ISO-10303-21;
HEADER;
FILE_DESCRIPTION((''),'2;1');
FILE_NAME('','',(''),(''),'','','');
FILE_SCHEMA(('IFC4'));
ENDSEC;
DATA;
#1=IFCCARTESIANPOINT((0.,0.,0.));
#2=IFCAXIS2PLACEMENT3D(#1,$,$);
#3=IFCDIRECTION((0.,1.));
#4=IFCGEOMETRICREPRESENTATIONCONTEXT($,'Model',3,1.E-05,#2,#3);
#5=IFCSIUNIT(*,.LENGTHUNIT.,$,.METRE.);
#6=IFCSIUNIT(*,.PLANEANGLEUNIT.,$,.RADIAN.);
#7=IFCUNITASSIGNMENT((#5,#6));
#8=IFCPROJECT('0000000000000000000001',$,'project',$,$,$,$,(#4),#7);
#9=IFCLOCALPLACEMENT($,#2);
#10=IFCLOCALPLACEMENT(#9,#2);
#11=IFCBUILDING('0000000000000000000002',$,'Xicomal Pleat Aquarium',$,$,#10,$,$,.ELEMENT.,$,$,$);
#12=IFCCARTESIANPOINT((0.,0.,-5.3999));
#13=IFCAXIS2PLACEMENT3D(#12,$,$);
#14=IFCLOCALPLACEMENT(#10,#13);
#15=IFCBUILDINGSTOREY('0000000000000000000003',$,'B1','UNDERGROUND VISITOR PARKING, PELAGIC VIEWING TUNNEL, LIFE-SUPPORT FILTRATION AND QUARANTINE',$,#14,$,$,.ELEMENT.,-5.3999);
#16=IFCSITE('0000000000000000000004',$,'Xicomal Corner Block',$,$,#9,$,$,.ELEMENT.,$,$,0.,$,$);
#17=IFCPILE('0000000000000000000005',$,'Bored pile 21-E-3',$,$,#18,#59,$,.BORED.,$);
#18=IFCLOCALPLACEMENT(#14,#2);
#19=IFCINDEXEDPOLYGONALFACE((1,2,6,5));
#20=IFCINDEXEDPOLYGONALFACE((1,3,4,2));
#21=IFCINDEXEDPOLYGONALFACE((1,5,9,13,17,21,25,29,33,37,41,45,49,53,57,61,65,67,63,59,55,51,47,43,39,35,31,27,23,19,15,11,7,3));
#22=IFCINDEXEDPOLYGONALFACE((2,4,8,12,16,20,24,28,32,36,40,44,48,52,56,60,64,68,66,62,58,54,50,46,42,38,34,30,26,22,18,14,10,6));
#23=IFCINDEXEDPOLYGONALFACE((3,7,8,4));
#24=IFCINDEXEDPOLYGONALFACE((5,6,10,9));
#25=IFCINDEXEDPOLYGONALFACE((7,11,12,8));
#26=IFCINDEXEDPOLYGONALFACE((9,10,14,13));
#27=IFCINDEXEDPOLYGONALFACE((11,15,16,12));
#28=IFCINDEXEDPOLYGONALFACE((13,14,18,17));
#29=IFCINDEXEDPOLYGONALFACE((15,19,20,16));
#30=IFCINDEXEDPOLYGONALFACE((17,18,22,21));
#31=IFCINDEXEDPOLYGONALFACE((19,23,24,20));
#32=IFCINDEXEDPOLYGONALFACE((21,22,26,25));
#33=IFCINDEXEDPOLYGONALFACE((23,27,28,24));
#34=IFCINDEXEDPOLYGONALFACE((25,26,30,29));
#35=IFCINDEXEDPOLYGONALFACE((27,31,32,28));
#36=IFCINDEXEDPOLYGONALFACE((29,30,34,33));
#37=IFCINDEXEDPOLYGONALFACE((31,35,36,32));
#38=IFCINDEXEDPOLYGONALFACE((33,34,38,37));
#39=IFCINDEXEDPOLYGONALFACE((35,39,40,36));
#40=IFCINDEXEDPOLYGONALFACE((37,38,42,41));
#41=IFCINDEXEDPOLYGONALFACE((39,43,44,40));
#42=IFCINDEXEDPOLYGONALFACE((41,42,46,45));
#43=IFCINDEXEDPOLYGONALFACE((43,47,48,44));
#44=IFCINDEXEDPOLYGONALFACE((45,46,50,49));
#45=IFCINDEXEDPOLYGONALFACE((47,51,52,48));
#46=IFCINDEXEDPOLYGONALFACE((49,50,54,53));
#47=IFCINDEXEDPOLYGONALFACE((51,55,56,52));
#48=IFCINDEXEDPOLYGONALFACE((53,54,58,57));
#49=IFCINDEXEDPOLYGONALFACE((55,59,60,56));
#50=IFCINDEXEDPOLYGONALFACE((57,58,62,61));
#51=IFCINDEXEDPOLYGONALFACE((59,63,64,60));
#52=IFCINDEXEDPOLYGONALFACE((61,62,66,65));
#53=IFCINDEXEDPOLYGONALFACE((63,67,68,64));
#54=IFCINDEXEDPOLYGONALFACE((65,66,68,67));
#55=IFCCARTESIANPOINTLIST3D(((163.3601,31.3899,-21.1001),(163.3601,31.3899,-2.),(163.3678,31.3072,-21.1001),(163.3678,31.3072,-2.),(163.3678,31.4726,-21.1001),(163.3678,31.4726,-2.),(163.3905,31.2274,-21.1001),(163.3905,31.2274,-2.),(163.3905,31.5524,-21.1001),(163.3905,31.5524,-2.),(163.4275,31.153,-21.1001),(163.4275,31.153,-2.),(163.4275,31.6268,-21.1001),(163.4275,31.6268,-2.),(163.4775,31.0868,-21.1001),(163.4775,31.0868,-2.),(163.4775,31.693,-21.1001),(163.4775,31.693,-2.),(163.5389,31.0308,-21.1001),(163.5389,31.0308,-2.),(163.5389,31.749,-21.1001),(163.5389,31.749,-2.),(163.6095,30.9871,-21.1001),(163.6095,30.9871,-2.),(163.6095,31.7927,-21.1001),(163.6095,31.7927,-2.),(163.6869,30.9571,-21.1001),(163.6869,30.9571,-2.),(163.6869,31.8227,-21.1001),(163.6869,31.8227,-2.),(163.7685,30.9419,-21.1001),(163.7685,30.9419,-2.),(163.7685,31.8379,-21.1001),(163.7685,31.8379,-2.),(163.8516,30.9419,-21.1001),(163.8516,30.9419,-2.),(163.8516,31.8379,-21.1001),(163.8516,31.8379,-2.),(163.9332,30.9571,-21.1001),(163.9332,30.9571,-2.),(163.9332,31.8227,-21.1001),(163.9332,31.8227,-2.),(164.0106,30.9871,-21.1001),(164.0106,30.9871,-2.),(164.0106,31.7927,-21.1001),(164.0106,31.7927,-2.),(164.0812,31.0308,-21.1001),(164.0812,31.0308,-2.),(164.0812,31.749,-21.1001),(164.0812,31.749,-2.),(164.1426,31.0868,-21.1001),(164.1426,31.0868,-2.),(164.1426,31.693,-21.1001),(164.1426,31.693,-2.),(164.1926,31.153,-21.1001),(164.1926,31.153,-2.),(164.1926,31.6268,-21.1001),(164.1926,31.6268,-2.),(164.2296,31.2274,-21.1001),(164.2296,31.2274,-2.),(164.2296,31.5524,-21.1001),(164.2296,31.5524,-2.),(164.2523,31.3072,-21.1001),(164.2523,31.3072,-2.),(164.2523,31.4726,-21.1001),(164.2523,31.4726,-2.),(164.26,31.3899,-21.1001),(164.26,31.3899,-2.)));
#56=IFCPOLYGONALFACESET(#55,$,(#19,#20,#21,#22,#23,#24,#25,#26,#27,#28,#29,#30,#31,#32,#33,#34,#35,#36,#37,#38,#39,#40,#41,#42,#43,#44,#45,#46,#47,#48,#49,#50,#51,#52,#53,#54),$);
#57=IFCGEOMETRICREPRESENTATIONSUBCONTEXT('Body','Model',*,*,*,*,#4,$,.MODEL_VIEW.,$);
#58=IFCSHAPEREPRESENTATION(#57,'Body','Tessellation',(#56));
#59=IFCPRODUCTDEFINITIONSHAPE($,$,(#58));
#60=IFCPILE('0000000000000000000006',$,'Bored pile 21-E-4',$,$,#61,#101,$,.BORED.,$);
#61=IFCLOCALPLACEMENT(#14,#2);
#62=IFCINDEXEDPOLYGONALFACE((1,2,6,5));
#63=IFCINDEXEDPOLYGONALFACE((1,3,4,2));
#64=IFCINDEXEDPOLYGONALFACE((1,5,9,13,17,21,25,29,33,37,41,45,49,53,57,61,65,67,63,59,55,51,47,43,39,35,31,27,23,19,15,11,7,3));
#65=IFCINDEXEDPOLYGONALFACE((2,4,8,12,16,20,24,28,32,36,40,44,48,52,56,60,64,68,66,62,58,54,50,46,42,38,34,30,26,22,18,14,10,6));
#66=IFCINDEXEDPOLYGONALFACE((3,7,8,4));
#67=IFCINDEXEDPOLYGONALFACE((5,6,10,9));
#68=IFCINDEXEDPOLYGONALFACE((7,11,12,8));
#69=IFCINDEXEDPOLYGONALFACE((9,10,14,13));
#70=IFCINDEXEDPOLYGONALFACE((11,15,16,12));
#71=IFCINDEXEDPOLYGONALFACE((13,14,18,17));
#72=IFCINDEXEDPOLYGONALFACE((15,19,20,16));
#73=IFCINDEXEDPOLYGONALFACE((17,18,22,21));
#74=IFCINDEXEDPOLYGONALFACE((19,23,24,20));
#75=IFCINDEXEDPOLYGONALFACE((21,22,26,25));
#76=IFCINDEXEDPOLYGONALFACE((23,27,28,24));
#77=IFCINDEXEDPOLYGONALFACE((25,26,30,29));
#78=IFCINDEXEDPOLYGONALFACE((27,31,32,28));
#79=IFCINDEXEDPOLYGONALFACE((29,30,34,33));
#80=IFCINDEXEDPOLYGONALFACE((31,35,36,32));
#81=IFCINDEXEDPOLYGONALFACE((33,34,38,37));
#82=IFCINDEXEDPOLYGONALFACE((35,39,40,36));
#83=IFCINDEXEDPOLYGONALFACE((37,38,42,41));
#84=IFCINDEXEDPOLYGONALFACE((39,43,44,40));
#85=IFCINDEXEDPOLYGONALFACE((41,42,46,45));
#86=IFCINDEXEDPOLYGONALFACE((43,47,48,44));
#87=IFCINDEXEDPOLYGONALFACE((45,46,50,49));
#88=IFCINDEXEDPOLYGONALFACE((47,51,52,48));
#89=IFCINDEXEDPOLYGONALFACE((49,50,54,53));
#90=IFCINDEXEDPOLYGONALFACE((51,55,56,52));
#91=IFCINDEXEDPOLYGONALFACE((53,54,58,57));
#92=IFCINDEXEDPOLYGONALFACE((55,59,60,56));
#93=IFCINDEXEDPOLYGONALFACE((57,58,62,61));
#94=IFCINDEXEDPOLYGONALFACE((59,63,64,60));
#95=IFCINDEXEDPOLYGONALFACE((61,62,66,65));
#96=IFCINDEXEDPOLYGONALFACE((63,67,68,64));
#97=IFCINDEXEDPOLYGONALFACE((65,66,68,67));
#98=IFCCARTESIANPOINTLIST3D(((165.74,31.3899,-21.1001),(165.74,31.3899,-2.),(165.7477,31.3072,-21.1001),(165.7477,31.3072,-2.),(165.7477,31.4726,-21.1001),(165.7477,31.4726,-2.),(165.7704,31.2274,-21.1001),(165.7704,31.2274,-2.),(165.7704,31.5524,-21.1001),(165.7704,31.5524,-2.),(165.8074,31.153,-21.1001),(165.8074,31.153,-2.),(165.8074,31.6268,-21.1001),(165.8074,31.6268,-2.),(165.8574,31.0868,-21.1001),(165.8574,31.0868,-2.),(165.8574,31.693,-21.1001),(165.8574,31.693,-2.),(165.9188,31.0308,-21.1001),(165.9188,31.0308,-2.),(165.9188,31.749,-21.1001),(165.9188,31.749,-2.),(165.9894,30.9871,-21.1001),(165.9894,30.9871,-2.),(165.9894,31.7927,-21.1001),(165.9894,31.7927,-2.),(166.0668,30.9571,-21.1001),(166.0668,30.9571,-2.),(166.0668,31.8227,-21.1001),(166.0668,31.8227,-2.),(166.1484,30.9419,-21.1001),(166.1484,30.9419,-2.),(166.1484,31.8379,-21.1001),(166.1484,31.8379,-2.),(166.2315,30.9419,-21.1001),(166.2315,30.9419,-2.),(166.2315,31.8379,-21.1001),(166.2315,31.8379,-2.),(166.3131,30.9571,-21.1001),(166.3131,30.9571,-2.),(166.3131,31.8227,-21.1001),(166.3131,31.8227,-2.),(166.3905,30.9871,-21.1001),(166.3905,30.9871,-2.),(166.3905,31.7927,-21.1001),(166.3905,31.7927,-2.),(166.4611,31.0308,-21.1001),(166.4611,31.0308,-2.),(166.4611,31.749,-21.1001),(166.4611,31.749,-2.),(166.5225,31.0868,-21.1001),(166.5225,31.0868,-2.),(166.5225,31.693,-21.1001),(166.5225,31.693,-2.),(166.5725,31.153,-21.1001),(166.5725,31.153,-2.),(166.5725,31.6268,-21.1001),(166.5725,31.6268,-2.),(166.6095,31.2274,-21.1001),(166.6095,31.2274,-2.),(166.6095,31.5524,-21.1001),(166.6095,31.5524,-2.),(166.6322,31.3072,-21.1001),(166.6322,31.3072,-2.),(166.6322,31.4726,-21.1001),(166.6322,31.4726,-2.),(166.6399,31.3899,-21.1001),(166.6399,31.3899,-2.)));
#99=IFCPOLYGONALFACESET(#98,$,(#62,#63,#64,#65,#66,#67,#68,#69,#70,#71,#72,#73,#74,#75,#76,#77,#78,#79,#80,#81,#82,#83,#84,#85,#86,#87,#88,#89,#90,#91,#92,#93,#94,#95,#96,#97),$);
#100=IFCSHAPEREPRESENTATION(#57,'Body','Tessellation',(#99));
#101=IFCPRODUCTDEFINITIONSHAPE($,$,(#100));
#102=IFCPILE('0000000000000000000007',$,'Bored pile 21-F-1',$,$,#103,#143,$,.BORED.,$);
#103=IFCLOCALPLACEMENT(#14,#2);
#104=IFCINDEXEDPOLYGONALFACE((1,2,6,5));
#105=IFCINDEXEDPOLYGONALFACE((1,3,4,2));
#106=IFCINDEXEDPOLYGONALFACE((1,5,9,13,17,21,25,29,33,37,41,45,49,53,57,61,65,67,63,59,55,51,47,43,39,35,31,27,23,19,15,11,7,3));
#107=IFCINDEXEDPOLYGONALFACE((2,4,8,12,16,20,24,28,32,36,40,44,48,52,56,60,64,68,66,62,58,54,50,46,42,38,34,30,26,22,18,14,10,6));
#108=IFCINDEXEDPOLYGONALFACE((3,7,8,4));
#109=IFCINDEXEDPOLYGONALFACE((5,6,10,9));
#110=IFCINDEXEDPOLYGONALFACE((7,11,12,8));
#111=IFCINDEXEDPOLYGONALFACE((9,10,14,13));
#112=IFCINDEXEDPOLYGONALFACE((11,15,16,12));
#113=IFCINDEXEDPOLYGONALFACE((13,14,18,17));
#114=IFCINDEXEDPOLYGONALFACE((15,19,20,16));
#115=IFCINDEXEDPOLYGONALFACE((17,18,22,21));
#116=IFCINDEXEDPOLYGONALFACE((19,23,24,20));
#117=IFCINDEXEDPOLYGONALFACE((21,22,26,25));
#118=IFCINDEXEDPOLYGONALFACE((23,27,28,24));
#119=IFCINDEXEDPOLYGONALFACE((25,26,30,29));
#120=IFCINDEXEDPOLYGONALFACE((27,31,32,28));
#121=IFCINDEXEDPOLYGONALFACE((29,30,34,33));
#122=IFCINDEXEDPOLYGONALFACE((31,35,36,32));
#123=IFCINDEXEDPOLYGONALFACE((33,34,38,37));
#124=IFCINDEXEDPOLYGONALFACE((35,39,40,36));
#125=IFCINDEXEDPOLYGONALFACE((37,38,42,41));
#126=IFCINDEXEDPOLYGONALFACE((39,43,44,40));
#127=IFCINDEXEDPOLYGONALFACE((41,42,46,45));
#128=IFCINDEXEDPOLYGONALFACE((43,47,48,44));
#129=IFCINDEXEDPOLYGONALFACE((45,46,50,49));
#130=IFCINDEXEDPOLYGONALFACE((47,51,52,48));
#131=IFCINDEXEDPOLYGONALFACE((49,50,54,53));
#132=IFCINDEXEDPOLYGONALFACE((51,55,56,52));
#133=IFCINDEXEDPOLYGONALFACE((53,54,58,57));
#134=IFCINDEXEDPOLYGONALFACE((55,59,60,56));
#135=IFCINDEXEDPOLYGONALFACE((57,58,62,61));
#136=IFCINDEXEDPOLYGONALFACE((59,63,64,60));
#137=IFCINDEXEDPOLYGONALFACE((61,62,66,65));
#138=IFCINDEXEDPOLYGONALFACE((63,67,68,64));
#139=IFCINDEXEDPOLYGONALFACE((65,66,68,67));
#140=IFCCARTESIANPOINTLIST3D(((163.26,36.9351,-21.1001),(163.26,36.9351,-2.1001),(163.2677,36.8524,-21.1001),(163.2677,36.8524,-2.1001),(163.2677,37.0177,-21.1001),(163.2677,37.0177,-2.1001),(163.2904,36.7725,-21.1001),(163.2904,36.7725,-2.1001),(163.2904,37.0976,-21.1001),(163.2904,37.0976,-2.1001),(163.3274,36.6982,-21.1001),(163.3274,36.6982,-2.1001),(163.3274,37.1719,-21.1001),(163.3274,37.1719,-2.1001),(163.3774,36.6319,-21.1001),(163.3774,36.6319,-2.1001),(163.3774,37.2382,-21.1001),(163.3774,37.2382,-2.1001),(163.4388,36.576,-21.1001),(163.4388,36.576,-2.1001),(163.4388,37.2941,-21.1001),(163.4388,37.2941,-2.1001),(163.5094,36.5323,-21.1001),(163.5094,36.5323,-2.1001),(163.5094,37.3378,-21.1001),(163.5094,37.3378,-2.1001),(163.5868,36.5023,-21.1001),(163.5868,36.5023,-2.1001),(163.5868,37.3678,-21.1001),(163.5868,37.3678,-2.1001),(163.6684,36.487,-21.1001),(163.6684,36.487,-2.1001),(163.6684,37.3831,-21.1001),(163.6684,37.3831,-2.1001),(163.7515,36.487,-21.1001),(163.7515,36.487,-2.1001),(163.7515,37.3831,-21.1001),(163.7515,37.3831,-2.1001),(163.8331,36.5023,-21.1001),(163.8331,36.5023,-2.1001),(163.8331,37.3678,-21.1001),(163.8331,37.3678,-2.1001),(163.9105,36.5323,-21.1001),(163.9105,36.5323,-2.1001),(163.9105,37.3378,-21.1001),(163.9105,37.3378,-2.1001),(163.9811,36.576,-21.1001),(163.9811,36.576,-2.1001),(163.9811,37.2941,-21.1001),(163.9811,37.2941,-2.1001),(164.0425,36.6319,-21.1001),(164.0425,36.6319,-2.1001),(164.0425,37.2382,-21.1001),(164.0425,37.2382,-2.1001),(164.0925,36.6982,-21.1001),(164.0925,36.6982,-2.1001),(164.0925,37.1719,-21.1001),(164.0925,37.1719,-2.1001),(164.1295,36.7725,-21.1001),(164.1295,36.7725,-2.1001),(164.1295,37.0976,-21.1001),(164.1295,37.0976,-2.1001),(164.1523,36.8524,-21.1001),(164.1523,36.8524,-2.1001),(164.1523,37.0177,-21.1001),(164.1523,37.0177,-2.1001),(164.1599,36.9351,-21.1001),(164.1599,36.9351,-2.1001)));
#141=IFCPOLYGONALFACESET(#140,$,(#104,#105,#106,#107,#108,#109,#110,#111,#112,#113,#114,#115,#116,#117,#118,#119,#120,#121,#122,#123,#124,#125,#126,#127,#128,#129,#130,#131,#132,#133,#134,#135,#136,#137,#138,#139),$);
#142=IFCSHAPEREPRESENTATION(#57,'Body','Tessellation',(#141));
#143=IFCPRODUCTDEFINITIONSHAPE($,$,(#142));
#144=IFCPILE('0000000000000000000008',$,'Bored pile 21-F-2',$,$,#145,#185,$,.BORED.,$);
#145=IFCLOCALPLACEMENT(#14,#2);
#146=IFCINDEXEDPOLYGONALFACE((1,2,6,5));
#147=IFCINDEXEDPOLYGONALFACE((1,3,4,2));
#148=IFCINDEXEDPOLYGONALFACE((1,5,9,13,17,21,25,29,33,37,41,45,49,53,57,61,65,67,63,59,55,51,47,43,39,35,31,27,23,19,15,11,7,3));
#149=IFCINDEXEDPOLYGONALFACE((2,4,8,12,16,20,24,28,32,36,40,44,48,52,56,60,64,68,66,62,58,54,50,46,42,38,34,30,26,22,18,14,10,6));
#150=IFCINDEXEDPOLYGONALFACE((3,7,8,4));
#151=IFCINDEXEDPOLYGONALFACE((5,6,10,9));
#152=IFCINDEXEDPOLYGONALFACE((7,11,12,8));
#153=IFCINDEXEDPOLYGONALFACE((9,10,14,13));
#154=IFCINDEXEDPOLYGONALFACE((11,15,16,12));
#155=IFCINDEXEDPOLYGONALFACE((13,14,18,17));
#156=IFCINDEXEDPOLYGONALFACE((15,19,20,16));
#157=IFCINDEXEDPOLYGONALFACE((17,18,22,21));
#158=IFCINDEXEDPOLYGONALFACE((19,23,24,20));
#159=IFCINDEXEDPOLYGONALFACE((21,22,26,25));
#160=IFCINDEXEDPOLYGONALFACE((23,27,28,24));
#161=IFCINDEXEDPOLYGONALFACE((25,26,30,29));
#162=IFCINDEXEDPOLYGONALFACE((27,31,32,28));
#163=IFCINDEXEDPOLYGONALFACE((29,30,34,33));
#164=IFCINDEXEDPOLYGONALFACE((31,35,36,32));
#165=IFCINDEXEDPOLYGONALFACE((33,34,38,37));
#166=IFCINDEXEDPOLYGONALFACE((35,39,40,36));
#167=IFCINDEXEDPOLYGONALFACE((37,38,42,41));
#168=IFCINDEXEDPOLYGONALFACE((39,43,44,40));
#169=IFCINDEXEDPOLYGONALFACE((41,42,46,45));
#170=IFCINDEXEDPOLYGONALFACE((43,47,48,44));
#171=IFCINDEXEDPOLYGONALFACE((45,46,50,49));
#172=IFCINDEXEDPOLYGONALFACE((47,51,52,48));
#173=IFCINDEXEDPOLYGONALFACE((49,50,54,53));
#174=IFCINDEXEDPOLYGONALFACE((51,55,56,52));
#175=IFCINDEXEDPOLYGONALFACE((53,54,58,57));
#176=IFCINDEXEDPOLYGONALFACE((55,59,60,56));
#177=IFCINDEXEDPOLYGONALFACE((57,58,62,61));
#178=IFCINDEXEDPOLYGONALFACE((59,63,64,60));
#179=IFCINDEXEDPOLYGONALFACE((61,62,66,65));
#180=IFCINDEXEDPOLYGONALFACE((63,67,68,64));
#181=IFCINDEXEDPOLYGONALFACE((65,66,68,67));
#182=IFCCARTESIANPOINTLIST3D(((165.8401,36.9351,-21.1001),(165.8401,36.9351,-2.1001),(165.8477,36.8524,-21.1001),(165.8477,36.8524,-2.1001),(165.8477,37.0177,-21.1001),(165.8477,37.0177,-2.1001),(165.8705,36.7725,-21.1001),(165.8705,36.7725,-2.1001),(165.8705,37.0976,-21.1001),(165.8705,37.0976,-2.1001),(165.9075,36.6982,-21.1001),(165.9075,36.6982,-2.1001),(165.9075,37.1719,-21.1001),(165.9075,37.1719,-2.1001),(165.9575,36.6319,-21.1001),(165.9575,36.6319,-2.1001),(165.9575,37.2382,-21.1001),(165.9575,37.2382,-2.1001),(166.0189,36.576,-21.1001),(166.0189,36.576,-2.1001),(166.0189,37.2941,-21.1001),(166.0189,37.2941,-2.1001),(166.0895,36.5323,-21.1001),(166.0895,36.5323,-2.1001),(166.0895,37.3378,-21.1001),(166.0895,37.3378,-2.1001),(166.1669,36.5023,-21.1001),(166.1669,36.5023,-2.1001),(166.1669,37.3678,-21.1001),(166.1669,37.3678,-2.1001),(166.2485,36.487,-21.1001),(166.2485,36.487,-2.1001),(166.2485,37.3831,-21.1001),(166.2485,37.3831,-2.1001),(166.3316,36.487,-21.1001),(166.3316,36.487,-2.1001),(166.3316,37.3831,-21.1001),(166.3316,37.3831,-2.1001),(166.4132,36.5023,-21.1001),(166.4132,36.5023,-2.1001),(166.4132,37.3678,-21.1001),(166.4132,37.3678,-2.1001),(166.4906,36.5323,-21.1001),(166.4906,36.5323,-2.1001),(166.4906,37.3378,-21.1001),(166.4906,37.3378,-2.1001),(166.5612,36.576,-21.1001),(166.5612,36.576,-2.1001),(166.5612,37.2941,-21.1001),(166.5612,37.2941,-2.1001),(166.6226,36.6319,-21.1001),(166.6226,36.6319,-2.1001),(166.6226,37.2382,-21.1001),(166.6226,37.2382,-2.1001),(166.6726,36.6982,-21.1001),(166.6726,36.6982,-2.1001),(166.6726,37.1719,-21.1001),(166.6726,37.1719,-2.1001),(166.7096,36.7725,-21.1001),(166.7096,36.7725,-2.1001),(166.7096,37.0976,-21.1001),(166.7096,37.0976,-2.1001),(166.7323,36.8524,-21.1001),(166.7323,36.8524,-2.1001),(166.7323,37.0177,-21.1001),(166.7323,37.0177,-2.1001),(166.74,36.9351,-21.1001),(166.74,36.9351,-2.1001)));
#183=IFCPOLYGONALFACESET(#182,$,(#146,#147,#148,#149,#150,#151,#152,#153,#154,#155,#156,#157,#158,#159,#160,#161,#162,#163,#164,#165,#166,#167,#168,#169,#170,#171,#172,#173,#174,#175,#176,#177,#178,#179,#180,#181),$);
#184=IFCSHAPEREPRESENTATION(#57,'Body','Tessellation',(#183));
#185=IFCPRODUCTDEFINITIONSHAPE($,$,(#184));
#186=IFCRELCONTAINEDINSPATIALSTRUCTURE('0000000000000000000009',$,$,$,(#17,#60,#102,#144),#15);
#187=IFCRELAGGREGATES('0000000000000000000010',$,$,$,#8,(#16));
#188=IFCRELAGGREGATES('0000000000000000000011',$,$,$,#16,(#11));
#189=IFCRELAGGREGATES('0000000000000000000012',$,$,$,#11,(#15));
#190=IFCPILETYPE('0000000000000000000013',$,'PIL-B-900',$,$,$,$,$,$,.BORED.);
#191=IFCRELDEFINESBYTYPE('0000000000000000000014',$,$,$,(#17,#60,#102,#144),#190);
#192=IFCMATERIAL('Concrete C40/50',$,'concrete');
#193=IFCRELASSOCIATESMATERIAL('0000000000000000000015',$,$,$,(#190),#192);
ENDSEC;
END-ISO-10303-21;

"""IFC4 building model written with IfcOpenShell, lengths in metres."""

from ifc_helpers import new_model, si_unit, direction, frame, origin, origin_2d, place, context, subcontext, project, spatial, circle, extrude, material, material_profile, profile_set, type_object, element, save


model = new_model("IFC4")

# Units and contexts
model_context = context("Model", 3, precision=1e-05, world=origin(), true_north=direction((0.0, 1.0)))
body_context = subcontext(model_context, "Body", "Model", "MODEL_VIEW")
ifc_project = project(units=[si_unit("LENGTHUNIT", "METRE"), si_unit("PLANEANGLEUNIT", "RADIAN")], contexts=[model_context])

# Site, building, storey
site_placement = place(None, origin())
site = spatial("IfcSite", under=ifc_project, at=site_placement, Name="Xicomal Corner Block", CompositionType="ELEMENT", RefElevation=0.0)
building_placement = place(site_placement, origin())
building = spatial("IfcBuilding", under=site, at=building_placement, Name="Xicomal Pleat Aquarium", CompositionType="ELEMENT")
storey_placement = place(building_placement, frame((0.0, 0.0, -5.3999)))
storey = spatial("IfcBuildingStorey", under=building, at=storey_placement, Name="B1", Description="UNDERGROUND VISITOR PARKING, PELAGIC VIEWING TUNNEL, LIFE-SUPPORT FILTRATION AND QUARANTINE", CompositionType="ELEMENT", Elevation=-5.3999)

# Piles
ifc_material_1 = material(Name="Concrete C40/50", Category="concrete")
ifc_material_profile_1 = material_profile(ifc_material_1, circle(Radius=0.45, at=origin_2d()), Name="BORED PILE D900")
ifc_profile_set_1 = profile_set([ifc_material_profile_1], Name="Concrete C40/50")
pile_type_1 = type_object("IfcPileType", Name="PIL-B-900", PredefinedType="BORED", material=ifc_profile_set_1)
for number, where, z_axis, x_axis, name in (
    (1, (163.8101, 31.3899, -2.0), (0.0, 0.0, -1.0), (1.0, 0.0, 0.0), "Bored pile 21-E-3"),
    (2, (166.1899, 31.3899, -2.0), (0.0, 0.0, -1.0), (1.0, 0.0, 0.0), "Bored pile 21-E-4"),
):
    element("IfcPile", number, at=place(storey_placement, frame(where, z_axis=z_axis, x_axis=x_axis)), inside=storey, type_object=pile_type_1, Name=name, PredefinedType="BORED", context=body_context, shape_type="SweptSolid", body=[
        extrude(circle(Radius=0.45, at=origin_2d()), origin(), (0.0, 0.0, 1.0), 19.1001),
    ])
for number, where, z_axis, x_axis, name in (
    (3, (163.71, 36.9351, -2.1001), (0.0, 0.0, -1.0), (1.0, 0.0, 0.0), "Bored pile 21-F-1"),
    (4, (166.29, 36.9351, -2.1001), (0.0, 0.0, -1.0), (1.0, 0.0, 0.0), "Bored pile 21-F-2"),
):
    element("IfcPile", number, at=place(storey_placement, frame(where, z_axis=z_axis, x_axis=x_axis)), inside=storey, type_object=pile_type_1, Name=name, PredefinedType="BORED", context=body_context, shape_type="SweptSolid", body=[
        extrude(circle(Radius=0.45, at=origin_2d()), origin(), (0.0, 0.0, 1.0), 19.0),
    ])

save(model, "model.ifc")
